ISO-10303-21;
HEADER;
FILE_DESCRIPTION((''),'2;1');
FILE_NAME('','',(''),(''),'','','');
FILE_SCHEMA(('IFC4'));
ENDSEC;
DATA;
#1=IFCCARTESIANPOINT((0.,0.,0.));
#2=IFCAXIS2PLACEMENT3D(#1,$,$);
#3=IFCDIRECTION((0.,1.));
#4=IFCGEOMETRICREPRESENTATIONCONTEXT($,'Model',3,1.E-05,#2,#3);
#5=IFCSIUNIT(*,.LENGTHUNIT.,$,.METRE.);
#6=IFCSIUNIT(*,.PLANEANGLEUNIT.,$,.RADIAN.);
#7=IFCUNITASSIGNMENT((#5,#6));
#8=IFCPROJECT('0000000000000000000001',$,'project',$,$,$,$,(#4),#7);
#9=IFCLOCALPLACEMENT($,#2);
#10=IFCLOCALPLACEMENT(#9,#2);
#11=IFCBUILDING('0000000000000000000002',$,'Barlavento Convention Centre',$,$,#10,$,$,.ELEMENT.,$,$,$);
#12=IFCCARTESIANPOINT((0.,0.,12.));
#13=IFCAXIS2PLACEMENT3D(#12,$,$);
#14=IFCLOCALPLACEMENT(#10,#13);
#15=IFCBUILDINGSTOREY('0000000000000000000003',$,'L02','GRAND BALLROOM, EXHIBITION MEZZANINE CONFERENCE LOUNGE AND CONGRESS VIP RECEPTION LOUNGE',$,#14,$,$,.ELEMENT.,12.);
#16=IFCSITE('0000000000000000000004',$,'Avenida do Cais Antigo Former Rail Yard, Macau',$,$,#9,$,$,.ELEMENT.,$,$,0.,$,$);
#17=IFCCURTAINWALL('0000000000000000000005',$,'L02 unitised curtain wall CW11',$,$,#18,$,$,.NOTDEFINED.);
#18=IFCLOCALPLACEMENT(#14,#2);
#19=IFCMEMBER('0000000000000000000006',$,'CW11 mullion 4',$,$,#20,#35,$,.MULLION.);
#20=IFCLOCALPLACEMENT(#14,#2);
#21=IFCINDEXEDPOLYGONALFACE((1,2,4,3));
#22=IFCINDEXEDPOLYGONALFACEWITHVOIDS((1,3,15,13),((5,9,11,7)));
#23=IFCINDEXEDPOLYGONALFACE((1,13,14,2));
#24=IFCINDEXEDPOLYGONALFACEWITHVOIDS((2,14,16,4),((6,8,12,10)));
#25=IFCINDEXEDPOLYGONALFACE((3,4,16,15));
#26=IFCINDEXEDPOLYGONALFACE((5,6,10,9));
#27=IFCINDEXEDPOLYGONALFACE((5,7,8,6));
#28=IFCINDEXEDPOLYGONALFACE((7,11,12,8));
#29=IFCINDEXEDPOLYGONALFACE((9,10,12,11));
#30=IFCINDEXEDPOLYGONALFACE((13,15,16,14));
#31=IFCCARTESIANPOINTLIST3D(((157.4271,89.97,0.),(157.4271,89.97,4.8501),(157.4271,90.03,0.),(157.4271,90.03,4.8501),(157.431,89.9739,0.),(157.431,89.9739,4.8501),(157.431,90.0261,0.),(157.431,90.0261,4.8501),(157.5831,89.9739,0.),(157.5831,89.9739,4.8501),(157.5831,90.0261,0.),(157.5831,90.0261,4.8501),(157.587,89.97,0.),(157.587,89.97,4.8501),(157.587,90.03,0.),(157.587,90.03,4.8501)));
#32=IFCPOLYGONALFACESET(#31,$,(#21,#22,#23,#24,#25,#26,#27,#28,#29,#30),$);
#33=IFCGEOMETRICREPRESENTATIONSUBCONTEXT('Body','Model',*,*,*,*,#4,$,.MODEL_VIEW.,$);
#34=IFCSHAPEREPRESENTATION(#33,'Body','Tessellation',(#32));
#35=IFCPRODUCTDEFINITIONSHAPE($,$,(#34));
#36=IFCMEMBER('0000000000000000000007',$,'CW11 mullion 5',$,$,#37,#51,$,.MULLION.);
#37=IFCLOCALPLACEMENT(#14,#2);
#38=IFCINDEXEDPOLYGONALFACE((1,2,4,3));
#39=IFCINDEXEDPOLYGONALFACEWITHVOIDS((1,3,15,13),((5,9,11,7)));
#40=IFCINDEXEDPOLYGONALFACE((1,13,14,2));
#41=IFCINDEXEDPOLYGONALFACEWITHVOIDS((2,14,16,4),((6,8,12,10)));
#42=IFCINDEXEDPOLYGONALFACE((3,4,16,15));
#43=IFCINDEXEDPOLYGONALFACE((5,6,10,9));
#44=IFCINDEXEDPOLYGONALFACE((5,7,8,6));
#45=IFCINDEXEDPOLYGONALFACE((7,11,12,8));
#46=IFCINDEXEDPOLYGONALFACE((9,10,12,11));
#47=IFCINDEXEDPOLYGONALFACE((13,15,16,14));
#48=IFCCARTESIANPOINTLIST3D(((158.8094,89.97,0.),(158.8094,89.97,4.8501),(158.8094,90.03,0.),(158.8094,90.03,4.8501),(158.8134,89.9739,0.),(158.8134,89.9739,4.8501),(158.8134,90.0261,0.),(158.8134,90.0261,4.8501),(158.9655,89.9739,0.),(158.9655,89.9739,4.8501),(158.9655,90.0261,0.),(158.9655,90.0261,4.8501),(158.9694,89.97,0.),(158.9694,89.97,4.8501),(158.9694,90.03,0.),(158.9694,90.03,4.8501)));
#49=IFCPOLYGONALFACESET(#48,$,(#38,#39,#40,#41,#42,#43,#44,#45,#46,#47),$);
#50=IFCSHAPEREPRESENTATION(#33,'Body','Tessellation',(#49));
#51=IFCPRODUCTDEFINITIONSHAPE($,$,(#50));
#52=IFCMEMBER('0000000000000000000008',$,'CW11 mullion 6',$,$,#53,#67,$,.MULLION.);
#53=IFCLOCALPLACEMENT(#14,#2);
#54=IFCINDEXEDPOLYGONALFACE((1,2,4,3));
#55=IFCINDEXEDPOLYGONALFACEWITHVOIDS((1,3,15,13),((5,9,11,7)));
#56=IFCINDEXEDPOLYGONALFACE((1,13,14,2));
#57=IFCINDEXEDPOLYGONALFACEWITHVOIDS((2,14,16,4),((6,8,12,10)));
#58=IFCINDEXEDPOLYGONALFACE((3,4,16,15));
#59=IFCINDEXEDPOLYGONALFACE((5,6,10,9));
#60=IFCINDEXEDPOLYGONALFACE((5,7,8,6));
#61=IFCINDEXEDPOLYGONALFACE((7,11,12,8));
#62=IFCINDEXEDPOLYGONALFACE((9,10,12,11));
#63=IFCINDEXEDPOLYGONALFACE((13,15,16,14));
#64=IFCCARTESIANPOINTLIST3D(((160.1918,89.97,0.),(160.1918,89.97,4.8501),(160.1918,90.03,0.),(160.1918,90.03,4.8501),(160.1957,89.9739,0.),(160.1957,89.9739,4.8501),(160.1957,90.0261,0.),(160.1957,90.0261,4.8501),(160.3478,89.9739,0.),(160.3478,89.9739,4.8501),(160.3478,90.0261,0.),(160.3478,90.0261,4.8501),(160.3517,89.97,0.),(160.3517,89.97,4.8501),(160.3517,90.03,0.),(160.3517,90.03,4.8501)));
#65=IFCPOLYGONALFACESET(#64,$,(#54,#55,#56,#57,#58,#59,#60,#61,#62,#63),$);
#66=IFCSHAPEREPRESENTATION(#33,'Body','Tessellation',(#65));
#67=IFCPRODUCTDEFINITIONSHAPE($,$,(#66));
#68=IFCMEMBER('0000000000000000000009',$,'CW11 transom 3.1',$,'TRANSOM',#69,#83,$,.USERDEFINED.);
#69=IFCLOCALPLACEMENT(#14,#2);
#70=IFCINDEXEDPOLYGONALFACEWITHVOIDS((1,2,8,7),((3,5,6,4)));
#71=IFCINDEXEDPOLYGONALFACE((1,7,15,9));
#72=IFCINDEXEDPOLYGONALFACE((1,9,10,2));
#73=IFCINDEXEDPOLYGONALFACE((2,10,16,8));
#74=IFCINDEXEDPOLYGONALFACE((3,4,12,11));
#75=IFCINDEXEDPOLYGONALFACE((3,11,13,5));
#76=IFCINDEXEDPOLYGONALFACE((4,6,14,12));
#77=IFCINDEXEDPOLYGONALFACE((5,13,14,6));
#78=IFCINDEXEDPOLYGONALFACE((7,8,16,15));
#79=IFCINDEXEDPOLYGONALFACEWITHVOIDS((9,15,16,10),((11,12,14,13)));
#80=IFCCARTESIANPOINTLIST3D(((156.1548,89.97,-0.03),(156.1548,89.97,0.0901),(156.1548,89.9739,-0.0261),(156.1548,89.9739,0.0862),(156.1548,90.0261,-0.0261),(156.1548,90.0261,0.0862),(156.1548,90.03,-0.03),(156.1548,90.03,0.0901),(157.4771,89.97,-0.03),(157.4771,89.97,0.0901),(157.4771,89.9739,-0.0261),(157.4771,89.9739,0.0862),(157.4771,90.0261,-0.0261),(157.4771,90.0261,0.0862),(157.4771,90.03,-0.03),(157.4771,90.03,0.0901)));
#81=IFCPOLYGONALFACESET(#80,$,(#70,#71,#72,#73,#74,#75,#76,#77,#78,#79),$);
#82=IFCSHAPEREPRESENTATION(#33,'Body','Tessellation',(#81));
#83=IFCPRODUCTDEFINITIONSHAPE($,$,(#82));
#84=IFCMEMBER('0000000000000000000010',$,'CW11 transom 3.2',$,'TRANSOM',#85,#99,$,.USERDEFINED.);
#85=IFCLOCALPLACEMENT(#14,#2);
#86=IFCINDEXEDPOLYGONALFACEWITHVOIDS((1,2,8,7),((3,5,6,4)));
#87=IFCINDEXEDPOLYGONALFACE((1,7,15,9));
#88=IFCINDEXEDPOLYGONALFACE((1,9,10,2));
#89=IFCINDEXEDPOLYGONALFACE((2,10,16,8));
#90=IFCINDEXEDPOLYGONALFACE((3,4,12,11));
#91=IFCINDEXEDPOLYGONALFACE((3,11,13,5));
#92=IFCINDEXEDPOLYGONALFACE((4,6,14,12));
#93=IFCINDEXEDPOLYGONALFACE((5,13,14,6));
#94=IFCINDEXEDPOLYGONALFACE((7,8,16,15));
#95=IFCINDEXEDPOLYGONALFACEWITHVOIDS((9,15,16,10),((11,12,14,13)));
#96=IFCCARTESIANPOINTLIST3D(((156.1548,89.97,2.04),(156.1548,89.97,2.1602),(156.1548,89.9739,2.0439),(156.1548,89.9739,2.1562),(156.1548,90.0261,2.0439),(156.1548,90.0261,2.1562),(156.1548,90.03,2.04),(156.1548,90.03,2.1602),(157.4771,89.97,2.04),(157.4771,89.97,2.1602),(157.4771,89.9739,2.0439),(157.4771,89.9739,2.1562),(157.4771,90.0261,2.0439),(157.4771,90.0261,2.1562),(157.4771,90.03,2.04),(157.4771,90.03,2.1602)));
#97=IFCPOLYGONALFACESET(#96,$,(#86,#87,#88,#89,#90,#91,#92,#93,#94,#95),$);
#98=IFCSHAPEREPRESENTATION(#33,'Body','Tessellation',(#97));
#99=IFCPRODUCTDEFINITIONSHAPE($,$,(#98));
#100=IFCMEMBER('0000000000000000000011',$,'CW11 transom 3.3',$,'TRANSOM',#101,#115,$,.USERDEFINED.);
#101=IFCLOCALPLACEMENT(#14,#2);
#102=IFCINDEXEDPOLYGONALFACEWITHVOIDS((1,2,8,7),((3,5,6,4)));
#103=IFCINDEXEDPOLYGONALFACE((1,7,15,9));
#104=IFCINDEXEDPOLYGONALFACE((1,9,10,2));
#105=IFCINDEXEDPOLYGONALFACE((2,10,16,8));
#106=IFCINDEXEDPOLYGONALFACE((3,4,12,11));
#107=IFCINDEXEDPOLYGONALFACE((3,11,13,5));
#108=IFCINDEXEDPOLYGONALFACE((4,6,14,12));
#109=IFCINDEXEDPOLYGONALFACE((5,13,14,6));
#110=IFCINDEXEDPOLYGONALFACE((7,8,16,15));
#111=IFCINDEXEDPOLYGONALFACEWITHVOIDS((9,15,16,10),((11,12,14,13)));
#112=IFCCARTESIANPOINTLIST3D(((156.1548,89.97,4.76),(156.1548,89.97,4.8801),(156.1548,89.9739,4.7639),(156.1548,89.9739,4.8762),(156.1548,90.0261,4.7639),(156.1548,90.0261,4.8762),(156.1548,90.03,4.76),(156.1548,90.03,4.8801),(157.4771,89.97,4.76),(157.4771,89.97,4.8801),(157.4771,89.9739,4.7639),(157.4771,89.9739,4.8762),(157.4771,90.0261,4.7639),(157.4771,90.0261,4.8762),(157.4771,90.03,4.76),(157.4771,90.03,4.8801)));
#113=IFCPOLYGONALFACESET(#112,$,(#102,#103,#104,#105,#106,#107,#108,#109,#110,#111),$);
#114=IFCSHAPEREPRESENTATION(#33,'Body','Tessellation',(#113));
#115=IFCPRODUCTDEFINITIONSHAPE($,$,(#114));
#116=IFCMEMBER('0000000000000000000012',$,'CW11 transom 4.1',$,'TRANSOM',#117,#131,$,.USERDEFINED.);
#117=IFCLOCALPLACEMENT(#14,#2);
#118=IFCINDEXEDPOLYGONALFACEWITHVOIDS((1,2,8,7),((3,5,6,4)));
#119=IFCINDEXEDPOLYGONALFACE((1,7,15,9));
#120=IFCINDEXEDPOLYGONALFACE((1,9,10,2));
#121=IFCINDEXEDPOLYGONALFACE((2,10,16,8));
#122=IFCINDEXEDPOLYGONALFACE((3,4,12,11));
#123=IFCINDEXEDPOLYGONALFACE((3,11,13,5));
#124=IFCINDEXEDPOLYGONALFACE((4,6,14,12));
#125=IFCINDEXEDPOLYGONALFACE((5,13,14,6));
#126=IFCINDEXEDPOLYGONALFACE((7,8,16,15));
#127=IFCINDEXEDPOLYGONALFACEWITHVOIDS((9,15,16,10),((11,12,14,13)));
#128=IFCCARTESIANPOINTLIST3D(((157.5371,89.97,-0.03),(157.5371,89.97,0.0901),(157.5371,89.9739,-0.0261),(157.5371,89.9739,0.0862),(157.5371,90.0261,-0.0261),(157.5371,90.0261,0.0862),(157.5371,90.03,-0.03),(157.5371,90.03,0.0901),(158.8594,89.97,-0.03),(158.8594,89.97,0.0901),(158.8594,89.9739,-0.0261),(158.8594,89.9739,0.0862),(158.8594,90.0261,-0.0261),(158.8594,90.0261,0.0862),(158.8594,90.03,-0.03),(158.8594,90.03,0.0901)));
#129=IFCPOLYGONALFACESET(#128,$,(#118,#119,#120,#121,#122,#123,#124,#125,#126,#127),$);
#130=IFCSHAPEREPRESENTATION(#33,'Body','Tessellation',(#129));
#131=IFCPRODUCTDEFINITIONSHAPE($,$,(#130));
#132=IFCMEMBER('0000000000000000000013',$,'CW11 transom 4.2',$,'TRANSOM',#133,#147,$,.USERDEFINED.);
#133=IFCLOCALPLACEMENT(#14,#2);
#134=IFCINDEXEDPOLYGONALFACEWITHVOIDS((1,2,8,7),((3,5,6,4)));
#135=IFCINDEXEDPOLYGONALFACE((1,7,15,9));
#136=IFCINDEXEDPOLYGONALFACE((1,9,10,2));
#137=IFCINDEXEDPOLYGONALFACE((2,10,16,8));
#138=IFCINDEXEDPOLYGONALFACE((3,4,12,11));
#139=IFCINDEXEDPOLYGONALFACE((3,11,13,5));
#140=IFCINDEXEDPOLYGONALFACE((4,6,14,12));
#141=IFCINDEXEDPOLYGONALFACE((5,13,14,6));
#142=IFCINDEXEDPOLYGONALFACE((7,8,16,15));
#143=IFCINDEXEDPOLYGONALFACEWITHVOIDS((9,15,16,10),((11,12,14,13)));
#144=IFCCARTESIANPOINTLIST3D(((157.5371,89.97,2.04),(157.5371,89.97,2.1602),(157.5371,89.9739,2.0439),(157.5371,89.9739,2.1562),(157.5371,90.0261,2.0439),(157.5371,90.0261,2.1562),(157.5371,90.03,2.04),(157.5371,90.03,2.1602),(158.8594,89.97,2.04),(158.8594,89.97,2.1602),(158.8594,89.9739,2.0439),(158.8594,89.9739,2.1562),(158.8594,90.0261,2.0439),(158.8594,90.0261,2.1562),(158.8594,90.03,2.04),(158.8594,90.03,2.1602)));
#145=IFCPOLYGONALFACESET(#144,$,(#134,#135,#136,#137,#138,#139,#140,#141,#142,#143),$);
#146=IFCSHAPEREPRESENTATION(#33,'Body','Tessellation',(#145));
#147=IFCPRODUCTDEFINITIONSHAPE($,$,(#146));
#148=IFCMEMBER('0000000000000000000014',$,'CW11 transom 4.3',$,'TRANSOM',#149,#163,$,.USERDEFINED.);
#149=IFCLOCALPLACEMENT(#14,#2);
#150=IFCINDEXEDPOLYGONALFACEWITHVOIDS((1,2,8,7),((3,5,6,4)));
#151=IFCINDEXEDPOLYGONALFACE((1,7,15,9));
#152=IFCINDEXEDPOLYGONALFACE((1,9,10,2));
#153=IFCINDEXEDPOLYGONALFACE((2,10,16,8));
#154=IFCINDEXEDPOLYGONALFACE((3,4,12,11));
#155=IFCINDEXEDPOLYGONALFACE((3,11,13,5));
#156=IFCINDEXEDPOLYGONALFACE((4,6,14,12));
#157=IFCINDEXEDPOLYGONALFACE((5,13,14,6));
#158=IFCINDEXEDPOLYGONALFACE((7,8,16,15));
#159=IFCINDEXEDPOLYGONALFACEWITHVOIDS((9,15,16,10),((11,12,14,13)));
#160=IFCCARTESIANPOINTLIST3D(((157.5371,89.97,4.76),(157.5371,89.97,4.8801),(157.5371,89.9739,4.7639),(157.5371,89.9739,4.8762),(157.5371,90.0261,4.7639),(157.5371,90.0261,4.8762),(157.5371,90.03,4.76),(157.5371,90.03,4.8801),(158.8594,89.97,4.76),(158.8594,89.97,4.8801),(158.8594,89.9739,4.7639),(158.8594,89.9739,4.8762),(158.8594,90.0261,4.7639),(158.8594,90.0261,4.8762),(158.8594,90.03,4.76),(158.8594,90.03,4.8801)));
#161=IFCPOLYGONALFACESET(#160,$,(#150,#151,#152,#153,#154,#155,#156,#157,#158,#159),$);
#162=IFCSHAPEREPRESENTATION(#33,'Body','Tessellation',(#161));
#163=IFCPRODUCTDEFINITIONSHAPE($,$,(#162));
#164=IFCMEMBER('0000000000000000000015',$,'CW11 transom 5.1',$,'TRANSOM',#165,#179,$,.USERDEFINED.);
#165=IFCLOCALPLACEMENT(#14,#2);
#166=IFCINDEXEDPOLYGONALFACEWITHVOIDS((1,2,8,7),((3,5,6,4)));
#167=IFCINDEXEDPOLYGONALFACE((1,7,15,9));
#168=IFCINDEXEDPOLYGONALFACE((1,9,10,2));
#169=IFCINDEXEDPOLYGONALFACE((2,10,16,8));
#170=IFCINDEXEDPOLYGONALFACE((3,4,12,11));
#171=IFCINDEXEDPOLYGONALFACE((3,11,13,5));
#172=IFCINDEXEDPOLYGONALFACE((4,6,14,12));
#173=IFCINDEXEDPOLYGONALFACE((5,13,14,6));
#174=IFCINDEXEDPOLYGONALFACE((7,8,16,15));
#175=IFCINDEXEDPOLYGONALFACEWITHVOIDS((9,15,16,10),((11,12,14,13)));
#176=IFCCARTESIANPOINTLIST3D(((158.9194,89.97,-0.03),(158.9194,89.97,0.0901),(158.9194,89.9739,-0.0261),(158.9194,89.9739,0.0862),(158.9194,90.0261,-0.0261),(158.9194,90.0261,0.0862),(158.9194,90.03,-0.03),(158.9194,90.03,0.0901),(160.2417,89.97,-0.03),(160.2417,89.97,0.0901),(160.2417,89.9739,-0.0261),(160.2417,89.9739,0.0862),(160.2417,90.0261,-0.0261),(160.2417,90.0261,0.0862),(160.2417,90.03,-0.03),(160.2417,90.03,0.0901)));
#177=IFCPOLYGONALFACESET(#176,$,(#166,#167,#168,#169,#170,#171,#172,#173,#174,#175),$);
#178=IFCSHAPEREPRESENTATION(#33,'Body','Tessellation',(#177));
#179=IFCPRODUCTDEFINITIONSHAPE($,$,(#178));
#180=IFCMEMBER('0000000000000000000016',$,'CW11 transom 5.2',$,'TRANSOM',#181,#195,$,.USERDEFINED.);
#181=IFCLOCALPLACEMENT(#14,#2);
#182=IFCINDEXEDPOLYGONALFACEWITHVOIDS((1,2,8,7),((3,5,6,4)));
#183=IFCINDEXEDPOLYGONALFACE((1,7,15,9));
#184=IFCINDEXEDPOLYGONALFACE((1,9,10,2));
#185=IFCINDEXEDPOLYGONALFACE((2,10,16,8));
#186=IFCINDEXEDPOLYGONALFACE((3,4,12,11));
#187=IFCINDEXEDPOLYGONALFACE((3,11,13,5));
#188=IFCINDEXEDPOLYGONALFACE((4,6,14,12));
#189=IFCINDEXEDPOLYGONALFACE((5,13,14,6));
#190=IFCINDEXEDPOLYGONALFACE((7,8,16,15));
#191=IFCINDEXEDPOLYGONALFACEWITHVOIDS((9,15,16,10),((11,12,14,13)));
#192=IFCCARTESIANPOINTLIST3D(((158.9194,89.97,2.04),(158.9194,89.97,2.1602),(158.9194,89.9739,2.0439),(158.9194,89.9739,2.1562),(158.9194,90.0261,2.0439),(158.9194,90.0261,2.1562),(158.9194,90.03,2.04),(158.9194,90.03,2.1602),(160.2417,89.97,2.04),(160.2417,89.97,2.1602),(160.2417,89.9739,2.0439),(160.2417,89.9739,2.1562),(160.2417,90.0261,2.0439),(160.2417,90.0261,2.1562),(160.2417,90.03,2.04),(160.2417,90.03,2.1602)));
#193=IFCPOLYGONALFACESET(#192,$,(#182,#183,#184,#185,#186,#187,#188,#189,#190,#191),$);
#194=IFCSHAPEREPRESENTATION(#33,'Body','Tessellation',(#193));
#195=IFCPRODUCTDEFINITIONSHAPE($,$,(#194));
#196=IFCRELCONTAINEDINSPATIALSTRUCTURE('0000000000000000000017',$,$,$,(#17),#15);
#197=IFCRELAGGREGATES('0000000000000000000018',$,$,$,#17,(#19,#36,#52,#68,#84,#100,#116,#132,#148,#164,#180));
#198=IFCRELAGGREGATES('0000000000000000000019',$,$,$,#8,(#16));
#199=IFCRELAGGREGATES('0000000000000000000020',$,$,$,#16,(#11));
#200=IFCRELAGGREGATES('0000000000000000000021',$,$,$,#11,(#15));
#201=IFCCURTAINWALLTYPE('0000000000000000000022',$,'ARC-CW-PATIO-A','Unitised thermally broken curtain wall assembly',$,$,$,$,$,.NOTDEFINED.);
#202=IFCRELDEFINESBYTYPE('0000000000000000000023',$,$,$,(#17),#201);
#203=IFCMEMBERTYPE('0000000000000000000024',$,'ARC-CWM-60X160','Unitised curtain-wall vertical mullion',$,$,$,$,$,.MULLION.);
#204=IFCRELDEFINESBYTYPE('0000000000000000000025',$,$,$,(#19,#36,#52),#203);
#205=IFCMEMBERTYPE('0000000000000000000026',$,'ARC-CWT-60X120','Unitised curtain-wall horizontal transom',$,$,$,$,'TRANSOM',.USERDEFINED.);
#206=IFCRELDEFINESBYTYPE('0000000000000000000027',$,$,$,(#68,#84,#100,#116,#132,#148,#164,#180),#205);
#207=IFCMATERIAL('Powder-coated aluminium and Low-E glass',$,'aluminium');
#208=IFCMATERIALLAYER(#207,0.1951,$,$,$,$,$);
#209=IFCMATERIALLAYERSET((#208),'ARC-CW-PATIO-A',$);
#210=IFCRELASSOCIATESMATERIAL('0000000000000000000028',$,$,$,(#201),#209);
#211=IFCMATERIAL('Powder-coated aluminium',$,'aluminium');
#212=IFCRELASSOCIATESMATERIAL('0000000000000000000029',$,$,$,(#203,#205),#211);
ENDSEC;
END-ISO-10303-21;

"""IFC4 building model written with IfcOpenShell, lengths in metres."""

from ifc_helpers import new_model, si_unit, direction, frame, origin, origin_2d, place, context, subcontext, project, spatial, hollow_rectangle, extrude, material, layer, layer_set, material_profile, profile_set, type_object, element, aggregate, save


model = new_model("IFC4")

# Units and contexts
model_context = context("Model", 3, precision=1e-05, world=origin(), true_north=direction((0.0, 1.0)))
body_context = subcontext(model_context, "Body", "Model", "MODEL_VIEW")
ifc_project = project(units=[si_unit("LENGTHUNIT", "METRE"), si_unit("PLANEANGLEUNIT", "RADIAN")], contexts=[model_context])

# Site, building, storey
site_placement = place(None, origin())
site = spatial("IfcSite", under=ifc_project, at=site_placement, Name="Avenida do Cais Antigo Former Rail Yard, Macau", CompositionType="ELEMENT", RefElevation=0.0)
building_placement = place(site_placement, origin())
building = spatial("IfcBuilding", under=site, at=building_placement, Name="Barlavento Convention Centre", CompositionType="ELEMENT")
storey_placement = place(building_placement, frame((0.0, 0.0, 12.0)))
storey = spatial("IfcBuildingStorey", under=building, at=storey_placement, Name="L02", Description="GRAND BALLROOM, EXHIBITION MEZZANINE CONFERENCE LOUNGE AND CONGRESS VIP RECEPTION LOUNGE", CompositionType="ELEMENT", Elevation=12.0)

# Curtain wall, members
ifc_material_1 = material(Name="Powder-coated aluminium and Low-E glass", Category="aluminium")
ifc_layer_1 = layer(ifc_material_1, 0.1951)
ifc_layer_set_1 = layer_set([ifc_layer_1], Name="ARC-CW-PATIO-A")
curtain_wall_type = type_object("IfcCurtainWallType", Name="ARC-CW-PATIO-A", Description="Unitised thermally broken curtain wall assembly", PredefinedType="NOTDEFINED", material=ifc_layer_set_1)
curtain_wall_placement = place(storey_placement, origin())
curtain_wall = element("IfcCurtainWall", 1, at=curtain_wall_placement, inside=storey, type_object=curtain_wall_type, Name="L02 unitised curtain wall CW11", PredefinedType="NOTDEFINED")
ifc_material_2 = material(Name="Powder-coated aluminium", Category="aluminium")
ifc_material_profile_1 = material_profile(ifc_material_2, hollow_rectangle(XDim=0.0601, YDim=0.1599, WallThickness=0.0039, at=origin_2d()), Name="AL-MULL 60x160x4")
ifc_profile_set_1 = profile_set([ifc_material_profile_1], Name="Powder-coated aluminium")
member_type_1 = type_object("IfcMemberType", Name="ARC-CWM-60X160", Description="Unitised curtain-wall vertical mullion", PredefinedType="MULLION", material=ifc_profile_set_1)
member_1_placement = place(storey_placement, frame((157.5071, 90.0, 0.0), z_axis=(0.0, 0.0, 1.0), x_axis=(0.0, 1.0, 0.0)))
member_1 = element("IfcMember", 2, at=member_1_placement, type_object=member_type_1, Name="CW11 mullion 4", PredefinedType="MULLION", context=body_context, shape_type="SweptSolid", body=[
    extrude(hollow_rectangle(XDim=0.0601, YDim=0.1599, WallThickness=0.0039, at=origin_2d()), origin(), (0.0, 0.0, 1.0), 4.8501),
])
member_2_placement = place(storey_placement, frame((158.8894, 90.0, 0.0), z_axis=(0.0, 0.0, 1.0), x_axis=(0.0, 1.0, 0.0)))
member_2 = element("IfcMember", 3, at=member_2_placement, type_object=member_type_1, Name="CW11 mullion 5", PredefinedType="MULLION", context=body_context, shape_type="SweptSolid", body=[
    extrude(hollow_rectangle(XDim=0.0601, YDim=0.1599, WallThickness=0.0039, at=origin_2d()), origin(), (0.0, 0.0, 1.0), 4.8501),
])
member_3_placement = place(storey_placement, frame((160.2717, 90.0, 0.0), z_axis=(0.0, 0.0, 1.0), x_axis=(0.0, 1.0, 0.0)))
member_3 = element("IfcMember", 4, at=member_3_placement, type_object=member_type_1, Name="CW11 mullion 6", PredefinedType="MULLION", context=body_context, shape_type="SweptSolid", body=[
    extrude(hollow_rectangle(XDim=0.0601, YDim=0.1599, WallThickness=0.0039, at=origin_2d()), origin(), (0.0, 0.0, 1.0), 4.8501),
])
ifc_material_profile_2 = material_profile(ifc_material_2, hollow_rectangle(XDim=0.0601, YDim=0.1201, WallThickness=0.0039, at=origin_2d()), Name="AL-TRAN 60x120x4")
ifc_profile_set_2 = profile_set([ifc_material_profile_2], Name="Powder-coated aluminium")
member_type_2 = type_object("IfcMemberType", Name="ARC-CWT-60X120", Description="Unitised curtain-wall horizontal transom", ElementType="TRANSOM", PredefinedType="USERDEFINED", material=ifc_profile_set_2)
member_4_placement = place(storey_placement, frame((156.1548, 90.0, 0.03), z_axis=(1.0, 0.0, 0.0), x_axis=(0.0, 1.0, 0.0)))
member_4 = element("IfcMember", 5, at=member_4_placement, type_object=member_type_2, Name="CW11 transom 3.1", ObjectType="TRANSOM", PredefinedType="USERDEFINED", context=body_context, shape_type="SweptSolid", body=[
    extrude(hollow_rectangle(XDim=0.0601, YDim=0.1201, WallThickness=0.0039, at=origin_2d()), origin(), (0.0, 0.0, 1.0), 1.3223),
])
member_5_placement = place(storey_placement, frame((156.1548, 90.0, 2.1001), z_axis=(1.0, 0.0, 0.0), x_axis=(0.0, 1.0, 0.0)))
member_5 = element("IfcMember", 6, at=member_5_placement, type_object=member_type_2, Name="CW11 transom 3.2", ObjectType="TRANSOM", PredefinedType="USERDEFINED", context=body_context, shape_type="SweptSolid", body=[
    extrude(hollow_rectangle(XDim=0.0601, YDim=0.1201, WallThickness=0.0039, at=origin_2d()), origin(), (0.0, 0.0, 1.0), 1.3223),
])
member_6_placement = place(storey_placement, frame((156.1548, 90.0, 4.8201), z_axis=(1.0, 0.0, 0.0), x_axis=(0.0, 1.0, 0.0)))
member_6 = element("IfcMember", 7, at=member_6_placement, type_object=member_type_2, Name="CW11 transom 3.3", ObjectType="TRANSOM", PredefinedType="USERDEFINED", context=body_context, shape_type="SweptSolid", body=[
    extrude(hollow_rectangle(XDim=0.0601, YDim=0.1201, WallThickness=0.0039, at=origin_2d()), origin(), (0.0, 0.0, 1.0), 1.3223),
])
member_7_placement = place(storey_placement, frame((157.5371, 90.0, 0.03), z_axis=(1.0, 0.0, 0.0), x_axis=(0.0, 1.0, 0.0)))
member_7 = element("IfcMember", 8, at=member_7_placement, type_object=member_type_2, Name="CW11 transom 4.1", ObjectType="TRANSOM", PredefinedType="USERDEFINED", context=body_context, shape_type="SweptSolid", body=[
    extrude(hollow_rectangle(XDim=0.0601, YDim=0.1201, WallThickness=0.0039, at=origin_2d()), origin(), (0.0, 0.0, 1.0), 1.3223),
])
member_8_placement = place(storey_placement, frame((157.5371, 90.0, 2.1001), z_axis=(1.0, 0.0, 0.0), x_axis=(0.0, 1.0, 0.0)))
member_8 = element("IfcMember", 9, at=member_8_placement, type_object=member_type_2, Name="CW11 transom 4.2", ObjectType="TRANSOM", PredefinedType="USERDEFINED", context=body_context, shape_type="SweptSolid", body=[
    extrude(hollow_rectangle(XDim=0.0601, YDim=0.1201, WallThickness=0.0039, at=origin_2d()), origin(), (0.0, 0.0, 1.0), 1.3223),
])
member_9_placement = place(storey_placement, frame((157.5371, 90.0, 4.8201), z_axis=(1.0, 0.0, 0.0), x_axis=(0.0, 1.0, 0.0)))
member_9 = element("IfcMember", 10, at=member_9_placement, type_object=member_type_2, Name="CW11 transom 4.3", ObjectType="TRANSOM", PredefinedType="USERDEFINED", context=body_context, shape_type="SweptSolid", body=[
    extrude(hollow_rectangle(XDim=0.0601, YDim=0.1201, WallThickness=0.0039, at=origin_2d()), origin(), (0.0, 0.0, 1.0), 1.3223),
])
member_10_placement = place(storey_placement, frame((158.9194, 90.0, 0.03), z_axis=(1.0, 0.0, 0.0), x_axis=(0.0, 1.0, 0.0)))
member_10 = element("IfcMember", 11, at=member_10_placement, type_object=member_type_2, Name="CW11 transom 5.1", ObjectType="TRANSOM", PredefinedType="USERDEFINED", context=body_context, shape_type="SweptSolid", body=[
    extrude(hollow_rectangle(XDim=0.0601, YDim=0.1201, WallThickness=0.0039, at=origin_2d()), origin(), (0.0, 0.0, 1.0), 1.3223),
])
member_11_placement = place(storey_placement, frame((158.9194, 90.0, 2.1001), z_axis=(1.0, 0.0, 0.0), x_axis=(0.0, 1.0, 0.0)))
member_11 = element("IfcMember", 12, at=member_11_placement, type_object=member_type_2, Name="CW11 transom 5.2", ObjectType="TRANSOM", PredefinedType="USERDEFINED", context=body_context, shape_type="SweptSolid", body=[
    extrude(hollow_rectangle(XDim=0.0601, YDim=0.1201, WallThickness=0.0039, at=origin_2d()), origin(), (0.0, 0.0, 1.0), 1.3223),
])

aggregate(curtain_wall, [member_1, member_2, member_3, member_4, member_5, member_6, member_7, member_8, member_9, member_10, member_11])

save(model, "model.ifc")
